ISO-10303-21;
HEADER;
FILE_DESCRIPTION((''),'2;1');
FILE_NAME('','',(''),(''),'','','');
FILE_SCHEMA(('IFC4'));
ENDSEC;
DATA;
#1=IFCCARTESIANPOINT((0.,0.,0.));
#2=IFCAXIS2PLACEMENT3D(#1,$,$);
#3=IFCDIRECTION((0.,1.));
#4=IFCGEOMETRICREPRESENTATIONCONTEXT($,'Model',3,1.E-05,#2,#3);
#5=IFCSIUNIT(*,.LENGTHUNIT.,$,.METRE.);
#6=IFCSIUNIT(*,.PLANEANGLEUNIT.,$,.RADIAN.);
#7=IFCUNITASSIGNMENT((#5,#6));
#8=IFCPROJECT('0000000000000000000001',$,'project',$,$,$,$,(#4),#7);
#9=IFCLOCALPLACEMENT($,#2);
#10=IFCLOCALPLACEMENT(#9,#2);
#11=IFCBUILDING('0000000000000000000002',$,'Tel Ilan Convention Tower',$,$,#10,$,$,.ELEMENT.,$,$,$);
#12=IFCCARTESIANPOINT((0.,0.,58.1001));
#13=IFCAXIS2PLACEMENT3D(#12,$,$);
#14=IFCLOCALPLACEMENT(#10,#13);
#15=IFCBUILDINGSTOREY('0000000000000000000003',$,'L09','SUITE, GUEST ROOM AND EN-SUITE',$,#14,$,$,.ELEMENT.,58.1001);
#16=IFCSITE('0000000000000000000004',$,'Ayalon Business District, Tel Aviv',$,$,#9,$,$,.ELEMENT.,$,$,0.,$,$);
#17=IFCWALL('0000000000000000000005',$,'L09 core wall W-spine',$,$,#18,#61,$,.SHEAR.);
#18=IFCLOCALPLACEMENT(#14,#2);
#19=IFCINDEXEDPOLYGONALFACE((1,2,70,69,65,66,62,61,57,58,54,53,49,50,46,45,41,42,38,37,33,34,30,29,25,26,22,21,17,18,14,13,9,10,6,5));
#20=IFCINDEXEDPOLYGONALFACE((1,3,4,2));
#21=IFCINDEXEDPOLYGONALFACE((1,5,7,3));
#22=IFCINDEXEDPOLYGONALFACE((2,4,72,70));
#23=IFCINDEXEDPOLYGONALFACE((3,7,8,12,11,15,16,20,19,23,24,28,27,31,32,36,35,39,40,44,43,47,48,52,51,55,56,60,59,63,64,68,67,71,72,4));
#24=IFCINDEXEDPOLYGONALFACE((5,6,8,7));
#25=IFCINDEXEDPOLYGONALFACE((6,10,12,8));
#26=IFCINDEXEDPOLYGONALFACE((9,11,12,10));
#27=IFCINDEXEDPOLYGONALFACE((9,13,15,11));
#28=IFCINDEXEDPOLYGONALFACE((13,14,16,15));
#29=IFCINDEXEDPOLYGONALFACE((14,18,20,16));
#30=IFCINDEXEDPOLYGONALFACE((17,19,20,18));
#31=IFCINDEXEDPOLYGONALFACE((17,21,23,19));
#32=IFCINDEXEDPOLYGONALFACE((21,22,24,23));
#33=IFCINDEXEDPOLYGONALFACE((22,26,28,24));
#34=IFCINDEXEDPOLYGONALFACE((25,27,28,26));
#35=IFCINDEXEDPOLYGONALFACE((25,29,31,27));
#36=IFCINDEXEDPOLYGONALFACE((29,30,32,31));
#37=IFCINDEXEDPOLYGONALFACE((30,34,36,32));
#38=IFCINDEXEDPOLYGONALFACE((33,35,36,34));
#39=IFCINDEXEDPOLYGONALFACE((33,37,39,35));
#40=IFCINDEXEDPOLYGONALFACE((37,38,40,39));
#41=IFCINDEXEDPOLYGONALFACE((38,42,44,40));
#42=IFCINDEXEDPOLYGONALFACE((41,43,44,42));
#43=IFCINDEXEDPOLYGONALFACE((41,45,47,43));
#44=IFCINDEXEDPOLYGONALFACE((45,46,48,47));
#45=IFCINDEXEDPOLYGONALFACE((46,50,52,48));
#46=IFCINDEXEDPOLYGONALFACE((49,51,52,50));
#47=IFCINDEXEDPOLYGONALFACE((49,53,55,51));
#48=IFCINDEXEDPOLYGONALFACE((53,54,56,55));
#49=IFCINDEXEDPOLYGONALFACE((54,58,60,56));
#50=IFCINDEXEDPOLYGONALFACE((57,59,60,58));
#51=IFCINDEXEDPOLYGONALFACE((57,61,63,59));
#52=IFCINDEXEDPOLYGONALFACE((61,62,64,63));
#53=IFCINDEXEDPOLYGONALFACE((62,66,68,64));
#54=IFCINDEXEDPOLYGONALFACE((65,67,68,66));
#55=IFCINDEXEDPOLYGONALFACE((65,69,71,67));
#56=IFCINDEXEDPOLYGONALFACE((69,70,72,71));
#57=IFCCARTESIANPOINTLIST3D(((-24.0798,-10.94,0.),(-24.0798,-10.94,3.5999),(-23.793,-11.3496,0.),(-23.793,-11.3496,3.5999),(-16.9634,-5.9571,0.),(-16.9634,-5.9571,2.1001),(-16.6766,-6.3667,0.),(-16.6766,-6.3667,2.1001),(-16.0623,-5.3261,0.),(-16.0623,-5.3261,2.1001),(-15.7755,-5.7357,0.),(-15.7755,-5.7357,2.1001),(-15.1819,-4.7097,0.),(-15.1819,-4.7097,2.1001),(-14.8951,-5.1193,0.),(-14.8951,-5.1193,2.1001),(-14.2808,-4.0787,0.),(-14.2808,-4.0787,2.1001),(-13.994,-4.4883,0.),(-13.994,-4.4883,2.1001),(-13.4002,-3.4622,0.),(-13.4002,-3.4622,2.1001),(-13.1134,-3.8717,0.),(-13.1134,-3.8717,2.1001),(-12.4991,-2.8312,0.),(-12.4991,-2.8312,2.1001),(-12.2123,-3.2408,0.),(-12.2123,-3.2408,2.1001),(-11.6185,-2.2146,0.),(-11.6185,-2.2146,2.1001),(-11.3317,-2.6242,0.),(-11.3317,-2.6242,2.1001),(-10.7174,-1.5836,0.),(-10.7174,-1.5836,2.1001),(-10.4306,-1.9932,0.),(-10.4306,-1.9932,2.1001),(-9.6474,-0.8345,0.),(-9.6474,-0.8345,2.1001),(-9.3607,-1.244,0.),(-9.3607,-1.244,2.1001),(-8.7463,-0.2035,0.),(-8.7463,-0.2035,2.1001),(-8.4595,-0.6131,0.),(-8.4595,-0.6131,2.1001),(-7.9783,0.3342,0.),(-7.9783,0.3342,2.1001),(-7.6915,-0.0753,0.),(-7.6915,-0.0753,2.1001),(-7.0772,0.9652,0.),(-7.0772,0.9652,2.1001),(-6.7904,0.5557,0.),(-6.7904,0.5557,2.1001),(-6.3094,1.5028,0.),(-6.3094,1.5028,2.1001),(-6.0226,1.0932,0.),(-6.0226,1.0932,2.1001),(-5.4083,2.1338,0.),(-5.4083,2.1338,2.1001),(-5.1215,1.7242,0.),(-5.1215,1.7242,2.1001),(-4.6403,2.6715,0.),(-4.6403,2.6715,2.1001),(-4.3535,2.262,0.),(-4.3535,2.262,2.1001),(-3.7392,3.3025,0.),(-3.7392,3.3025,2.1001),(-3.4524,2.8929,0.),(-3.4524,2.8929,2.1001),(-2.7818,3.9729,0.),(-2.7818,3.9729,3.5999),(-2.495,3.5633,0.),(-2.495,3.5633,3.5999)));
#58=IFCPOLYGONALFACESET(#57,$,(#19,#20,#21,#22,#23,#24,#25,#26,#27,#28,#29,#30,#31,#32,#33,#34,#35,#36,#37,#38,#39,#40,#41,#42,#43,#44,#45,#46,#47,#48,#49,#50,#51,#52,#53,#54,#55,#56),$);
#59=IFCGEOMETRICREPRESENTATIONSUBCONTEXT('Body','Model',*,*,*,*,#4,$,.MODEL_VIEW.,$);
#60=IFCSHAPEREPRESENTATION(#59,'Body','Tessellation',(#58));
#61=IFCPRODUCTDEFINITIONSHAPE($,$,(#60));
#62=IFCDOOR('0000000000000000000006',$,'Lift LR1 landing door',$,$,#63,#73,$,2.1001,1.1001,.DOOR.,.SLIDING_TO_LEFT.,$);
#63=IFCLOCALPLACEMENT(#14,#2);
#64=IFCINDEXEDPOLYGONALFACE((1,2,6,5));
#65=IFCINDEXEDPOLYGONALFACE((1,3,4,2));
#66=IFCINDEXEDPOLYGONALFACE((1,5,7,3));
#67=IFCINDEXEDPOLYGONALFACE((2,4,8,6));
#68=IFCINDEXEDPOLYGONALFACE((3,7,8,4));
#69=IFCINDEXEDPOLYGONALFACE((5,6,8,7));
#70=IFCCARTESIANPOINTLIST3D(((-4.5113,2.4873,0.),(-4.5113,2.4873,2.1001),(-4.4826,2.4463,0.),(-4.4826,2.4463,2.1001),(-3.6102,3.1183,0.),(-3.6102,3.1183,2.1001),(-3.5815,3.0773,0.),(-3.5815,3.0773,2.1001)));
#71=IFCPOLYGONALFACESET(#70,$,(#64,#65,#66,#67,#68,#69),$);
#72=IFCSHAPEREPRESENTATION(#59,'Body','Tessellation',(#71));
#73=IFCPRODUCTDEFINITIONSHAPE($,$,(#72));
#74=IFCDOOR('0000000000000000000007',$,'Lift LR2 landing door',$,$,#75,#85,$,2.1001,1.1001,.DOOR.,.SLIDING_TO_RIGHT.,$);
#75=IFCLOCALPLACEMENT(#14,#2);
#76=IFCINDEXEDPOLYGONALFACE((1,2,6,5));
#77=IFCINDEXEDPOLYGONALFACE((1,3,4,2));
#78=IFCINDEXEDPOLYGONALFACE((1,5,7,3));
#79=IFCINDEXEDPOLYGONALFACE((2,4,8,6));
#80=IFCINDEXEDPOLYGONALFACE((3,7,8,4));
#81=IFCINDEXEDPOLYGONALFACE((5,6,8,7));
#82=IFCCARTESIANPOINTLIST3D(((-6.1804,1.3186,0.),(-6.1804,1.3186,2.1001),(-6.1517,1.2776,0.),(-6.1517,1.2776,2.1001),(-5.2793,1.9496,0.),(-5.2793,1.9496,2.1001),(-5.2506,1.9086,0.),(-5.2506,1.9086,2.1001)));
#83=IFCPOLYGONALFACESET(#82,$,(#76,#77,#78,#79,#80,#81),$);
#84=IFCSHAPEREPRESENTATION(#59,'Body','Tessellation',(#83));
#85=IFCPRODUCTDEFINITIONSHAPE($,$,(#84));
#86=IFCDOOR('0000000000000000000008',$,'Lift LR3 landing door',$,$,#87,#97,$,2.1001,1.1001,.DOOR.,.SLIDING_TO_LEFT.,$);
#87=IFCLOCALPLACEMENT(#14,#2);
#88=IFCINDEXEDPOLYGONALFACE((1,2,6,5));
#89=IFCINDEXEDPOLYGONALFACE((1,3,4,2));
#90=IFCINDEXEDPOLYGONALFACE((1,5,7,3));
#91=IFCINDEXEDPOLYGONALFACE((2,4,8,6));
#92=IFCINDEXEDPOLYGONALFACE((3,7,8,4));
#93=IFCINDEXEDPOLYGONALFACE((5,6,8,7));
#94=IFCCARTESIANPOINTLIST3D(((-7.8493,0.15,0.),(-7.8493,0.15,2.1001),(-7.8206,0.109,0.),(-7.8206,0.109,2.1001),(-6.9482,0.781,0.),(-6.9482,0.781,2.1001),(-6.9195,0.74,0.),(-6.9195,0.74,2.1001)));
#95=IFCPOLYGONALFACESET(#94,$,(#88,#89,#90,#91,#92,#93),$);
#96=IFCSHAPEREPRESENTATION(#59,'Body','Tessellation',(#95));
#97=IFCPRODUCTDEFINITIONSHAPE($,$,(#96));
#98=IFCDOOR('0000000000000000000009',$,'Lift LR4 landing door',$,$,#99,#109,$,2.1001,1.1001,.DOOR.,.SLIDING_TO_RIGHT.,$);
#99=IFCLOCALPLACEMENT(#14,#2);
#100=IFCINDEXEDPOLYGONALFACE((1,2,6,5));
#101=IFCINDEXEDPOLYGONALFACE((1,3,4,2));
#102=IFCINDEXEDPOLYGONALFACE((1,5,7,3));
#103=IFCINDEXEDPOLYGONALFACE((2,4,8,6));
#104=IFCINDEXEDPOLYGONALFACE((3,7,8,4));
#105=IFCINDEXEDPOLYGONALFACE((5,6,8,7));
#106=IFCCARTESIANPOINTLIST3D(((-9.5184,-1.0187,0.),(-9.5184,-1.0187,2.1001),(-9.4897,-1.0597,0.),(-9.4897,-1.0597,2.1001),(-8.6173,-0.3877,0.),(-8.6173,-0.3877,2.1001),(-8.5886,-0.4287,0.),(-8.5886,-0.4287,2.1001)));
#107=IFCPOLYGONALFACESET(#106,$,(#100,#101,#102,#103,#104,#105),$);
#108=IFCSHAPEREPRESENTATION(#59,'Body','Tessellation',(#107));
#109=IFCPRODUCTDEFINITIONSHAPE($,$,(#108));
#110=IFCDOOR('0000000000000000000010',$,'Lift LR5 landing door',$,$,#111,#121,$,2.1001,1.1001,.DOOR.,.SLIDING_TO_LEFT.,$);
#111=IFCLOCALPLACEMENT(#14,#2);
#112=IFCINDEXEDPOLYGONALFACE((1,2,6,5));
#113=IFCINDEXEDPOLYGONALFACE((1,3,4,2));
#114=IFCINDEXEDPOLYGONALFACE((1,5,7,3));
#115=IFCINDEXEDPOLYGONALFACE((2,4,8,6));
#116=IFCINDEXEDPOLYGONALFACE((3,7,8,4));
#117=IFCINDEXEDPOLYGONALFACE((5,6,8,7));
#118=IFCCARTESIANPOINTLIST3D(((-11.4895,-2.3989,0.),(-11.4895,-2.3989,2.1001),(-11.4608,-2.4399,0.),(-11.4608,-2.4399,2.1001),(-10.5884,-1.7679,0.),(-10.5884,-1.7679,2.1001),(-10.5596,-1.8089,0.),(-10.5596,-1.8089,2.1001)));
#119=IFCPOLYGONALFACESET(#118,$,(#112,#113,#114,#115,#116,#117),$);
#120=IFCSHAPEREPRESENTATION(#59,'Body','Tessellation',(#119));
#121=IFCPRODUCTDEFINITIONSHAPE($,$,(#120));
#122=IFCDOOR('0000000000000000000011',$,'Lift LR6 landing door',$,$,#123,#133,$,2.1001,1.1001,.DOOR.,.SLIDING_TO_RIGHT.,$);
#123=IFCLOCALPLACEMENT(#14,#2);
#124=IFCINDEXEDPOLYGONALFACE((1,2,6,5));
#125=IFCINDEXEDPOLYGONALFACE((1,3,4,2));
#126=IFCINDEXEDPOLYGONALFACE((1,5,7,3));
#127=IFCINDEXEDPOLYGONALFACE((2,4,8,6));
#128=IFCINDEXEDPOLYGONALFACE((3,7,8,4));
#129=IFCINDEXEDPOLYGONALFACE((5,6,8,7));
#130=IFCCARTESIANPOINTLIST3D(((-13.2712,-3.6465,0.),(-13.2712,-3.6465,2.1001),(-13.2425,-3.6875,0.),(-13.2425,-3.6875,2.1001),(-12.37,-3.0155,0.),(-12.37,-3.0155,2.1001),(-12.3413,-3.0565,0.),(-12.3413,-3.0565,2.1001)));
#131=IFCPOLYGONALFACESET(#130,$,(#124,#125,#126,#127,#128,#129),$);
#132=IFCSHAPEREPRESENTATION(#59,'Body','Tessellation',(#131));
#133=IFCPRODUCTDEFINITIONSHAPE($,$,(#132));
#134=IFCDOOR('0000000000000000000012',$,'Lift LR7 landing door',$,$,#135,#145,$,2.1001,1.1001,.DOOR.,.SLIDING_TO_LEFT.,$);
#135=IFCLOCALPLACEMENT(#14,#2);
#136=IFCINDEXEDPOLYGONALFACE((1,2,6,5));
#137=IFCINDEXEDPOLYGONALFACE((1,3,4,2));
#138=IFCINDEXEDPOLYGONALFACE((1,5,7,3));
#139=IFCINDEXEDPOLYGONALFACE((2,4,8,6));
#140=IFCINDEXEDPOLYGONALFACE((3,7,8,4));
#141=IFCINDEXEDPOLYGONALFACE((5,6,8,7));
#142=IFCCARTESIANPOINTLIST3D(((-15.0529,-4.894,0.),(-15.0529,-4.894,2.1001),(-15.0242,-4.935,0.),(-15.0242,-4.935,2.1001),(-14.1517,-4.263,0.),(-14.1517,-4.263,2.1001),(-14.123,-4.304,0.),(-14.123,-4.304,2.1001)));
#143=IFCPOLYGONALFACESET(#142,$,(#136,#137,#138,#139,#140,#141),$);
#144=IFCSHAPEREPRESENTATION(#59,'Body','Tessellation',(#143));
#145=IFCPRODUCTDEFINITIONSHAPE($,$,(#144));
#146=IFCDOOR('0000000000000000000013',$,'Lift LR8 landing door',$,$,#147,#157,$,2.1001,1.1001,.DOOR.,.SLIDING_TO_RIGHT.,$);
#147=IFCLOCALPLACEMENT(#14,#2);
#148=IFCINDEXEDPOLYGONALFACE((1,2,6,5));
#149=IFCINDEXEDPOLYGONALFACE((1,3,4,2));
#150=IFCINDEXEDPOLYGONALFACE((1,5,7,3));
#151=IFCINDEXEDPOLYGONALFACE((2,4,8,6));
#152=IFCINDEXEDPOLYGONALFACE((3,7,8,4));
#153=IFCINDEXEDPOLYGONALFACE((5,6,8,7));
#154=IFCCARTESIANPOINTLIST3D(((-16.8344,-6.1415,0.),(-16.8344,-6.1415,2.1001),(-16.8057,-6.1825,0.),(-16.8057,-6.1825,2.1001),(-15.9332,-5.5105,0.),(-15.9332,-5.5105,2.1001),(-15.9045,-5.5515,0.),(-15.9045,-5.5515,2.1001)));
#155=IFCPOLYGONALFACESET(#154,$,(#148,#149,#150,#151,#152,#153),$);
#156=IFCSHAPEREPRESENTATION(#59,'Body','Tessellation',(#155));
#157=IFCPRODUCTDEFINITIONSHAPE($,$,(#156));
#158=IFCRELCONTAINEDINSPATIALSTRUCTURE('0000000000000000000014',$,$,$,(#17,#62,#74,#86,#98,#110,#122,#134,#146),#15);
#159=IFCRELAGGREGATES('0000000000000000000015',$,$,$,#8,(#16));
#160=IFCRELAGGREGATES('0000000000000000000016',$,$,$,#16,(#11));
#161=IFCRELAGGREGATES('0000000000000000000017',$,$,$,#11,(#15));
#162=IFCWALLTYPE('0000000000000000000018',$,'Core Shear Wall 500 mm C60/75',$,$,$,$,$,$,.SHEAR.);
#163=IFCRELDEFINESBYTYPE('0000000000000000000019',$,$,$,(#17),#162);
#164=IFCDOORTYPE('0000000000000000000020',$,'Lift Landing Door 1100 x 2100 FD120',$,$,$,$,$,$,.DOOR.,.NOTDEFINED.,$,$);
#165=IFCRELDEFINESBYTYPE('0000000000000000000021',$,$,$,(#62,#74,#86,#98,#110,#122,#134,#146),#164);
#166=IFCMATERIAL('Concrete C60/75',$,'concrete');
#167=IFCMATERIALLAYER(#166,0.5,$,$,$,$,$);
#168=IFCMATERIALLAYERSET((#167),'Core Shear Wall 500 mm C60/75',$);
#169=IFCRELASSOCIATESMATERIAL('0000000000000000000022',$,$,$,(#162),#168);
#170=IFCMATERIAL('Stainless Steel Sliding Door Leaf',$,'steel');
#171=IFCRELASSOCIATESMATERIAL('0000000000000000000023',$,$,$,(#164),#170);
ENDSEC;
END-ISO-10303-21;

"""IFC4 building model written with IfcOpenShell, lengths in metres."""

from ifc_helpers import new_model, si_unit, direction, frame, frame_2d, origin, place, context, subcontext, project, spatial, polyline, rectangle, outline, extrude, material, layer, layer_set, type_object, element, fill, save


model = new_model("IFC4")

# Units and contexts
model_context = context("Model", 3, precision=1e-05, world=origin(), true_north=direction((0.0, 1.0)))
body_context = subcontext(model_context, "Body", "Model", "MODEL_VIEW")
ifc_project = project(units=[si_unit("LENGTHUNIT", "METRE"), si_unit("PLANEANGLEUNIT", "RADIAN")], contexts=[model_context])

# Site, building, storey
site_placement = place(None, origin())
site = spatial("IfcSite", under=ifc_project, at=site_placement, Name="Ayalon Business District, Tel Aviv", CompositionType="ELEMENT", RefElevation=0.0)
building_placement = place(site_placement, origin())
building = spatial("IfcBuilding", under=site, at=building_placement, Name="Tel Ilan Convention Tower", CompositionType="ELEMENT")
storey_placement = place(building_placement, frame((0.0, 0.0, 58.1001)))
storey = spatial("IfcBuildingStorey", under=building, at=storey_placement, Name="L09", Description="SUITE, GUEST ROOM AND EN-SUITE", CompositionType="ELEMENT", Elevation=58.1001)

# Wall, openings, doors
ifc_material_1 = material(Name="Concrete C60/75", Category="concrete")
ifc_layer_1 = layer(ifc_material_1, 0.5)
ifc_layer_set_1 = layer_set([ifc_layer_1], Name="Core Shear Wall 500 mm C60/75")
wall_type_1 = type_object("IfcWallType", Name="Core Shear Wall 500 mm C60/75", PredefinedType="SHEAR", material=ifc_layer_set_1)
wall_1_placement = place(storey_placement, frame((-2.6384, 3.7681, 0.0), z_axis=(0.0, 0.0, 1.0), x_axis=(-0.819149, -0.573581, 0.0)))
wall_1 = element("IfcWall", 1, at=wall_1_placement, inside=storey, type_object=wall_type_1, Name="L09 core wall W-spine", PredefinedType="SHEAR", context=body_context, shape_type="SweptSolid", body=[
    extrude(outline(polyline([(26.0, 0.2498), (0.0, 0.25), (0.0, -0.25), (26.0, -0.2502), (26.0, 0.2498)])), origin(), (0.0, 0.0, 1.0), 3.5999),
])
opening_1_placement = place(wall_1_placement, frame((1.1687, 0.0, 0.0)))
opening_1 = element("IfcOpeningElement", 2, at=opening_1_placement, cuts=wall_1, PredefinedType="OPENING", context=body_context, shape_type="SweptSolid", body=[
    extrude(rectangle(XDim=1.1001, YDim=2.1001, at=frame_2d((0.55, 1.05))), frame((0.0, 0.26, 0.0), z_axis=(0.0, -1.0, 0.0), x_axis=(1.0, 0.0, 0.0)), (0.0, 0.0, 1.0), 0.52),
])
opening_2_placement = place(wall_1_placement, frame((3.2063, 0.0, 0.0)))
opening_2 = element("IfcOpeningElement", 3, at=opening_2_placement, cuts=wall_1, PredefinedType="OPENING", context=body_context, shape_type="SweptSolid", body=[
    extrude(rectangle(XDim=1.1001, YDim=2.1001, at=frame_2d((0.55, 1.05))), frame((0.0, 0.26, 0.0), z_axis=(0.0, -1.0, 0.0), x_axis=(1.0, 0.0, 0.0)), (0.0, 0.0, 1.0), 0.52),
])
opening_3_placement = place(wall_1_placement, frame((5.2437, 0.0, 0.0)))
opening_3 = element("IfcOpeningElement", 4, at=opening_3_placement, cuts=wall_1, PredefinedType="OPENING", context=body_context, shape_type="SweptSolid", body=[
    extrude(rectangle(XDim=1.1001, YDim=2.1001, at=frame_2d((0.55, 1.05))), frame((0.0, 0.26, 0.0), z_axis=(0.0, -1.0, 0.0), x_axis=(1.0, 0.0, 0.0)), (0.0, 0.0, 1.0), 0.52),
])
opening_4_placement = place(wall_1_placement, frame((7.2812, 0.0, 0.0)))
opening_4 = element("IfcOpeningElement", 5, at=opening_4_placement, cuts=wall_1, PredefinedType="OPENING", context=body_context, shape_type="SweptSolid", body=[
    extrude(rectangle(XDim=1.1001, YDim=2.1001, at=frame_2d((0.55, 1.05))), frame((0.0, 0.26, 0.0), z_axis=(0.0, -1.0, 0.0), x_axis=(1.0, 0.0, 0.0)), (0.0, 0.0, 1.0), 0.52),
])
opening_5_placement = place(wall_1_placement, frame((9.6875, 0.0, 0.0)))
opening_5 = element("IfcOpeningElement", 6, at=opening_5_placement, cuts=wall_1, PredefinedType="OPENING", context=body_context, shape_type="SweptSolid", body=[
    extrude(rectangle(XDim=1.1001, YDim=2.1001, at=frame_2d((0.55, 1.05))), frame((0.0, 0.26, 0.0), z_axis=(0.0, -1.0, 0.0), x_axis=(1.0, 0.0, 0.0)), (0.0, 0.0, 1.0), 0.52),
])
opening_6_placement = place(wall_1_placement, frame((11.8625, 0.0, 0.0)))
opening_6 = element("IfcOpeningElement", 7, at=opening_6_placement, cuts=wall_1, PredefinedType="OPENING", context=body_context, shape_type="SweptSolid", body=[
    extrude(rectangle(XDim=1.1001, YDim=2.1001, at=frame_2d((0.55, 1.05))), frame((0.0, 0.26, 0.0), z_axis=(0.0, -1.0, 0.0), x_axis=(1.0, 0.0, 0.0)), (0.0, 0.0, 1.0), 0.52),
])
opening_7_placement = place(wall_1_placement, frame((14.0376, 0.0, 0.0)))
opening_7 = element("IfcOpeningElement", 8, at=opening_7_placement, cuts=wall_1, PredefinedType="OPENING", context=body_context, shape_type="SweptSolid", body=[
    extrude(rectangle(XDim=1.1001, YDim=2.1001, at=frame_2d((0.55, 1.05))), frame((0.0, 0.26, 0.0), z_axis=(0.0, -1.0, 0.0), x_axis=(1.0, 0.0, 0.0)), (0.0, 0.0, 1.0), 0.52),
])
opening_8_placement = place(wall_1_placement, frame((16.2124, 0.0, 0.0)))
opening_8 = element("IfcOpeningElement", 9, at=opening_8_placement, cuts=wall_1, PredefinedType="OPENING", context=body_context, shape_type="SweptSolid", body=[
    extrude(rectangle(XDim=1.1001, YDim=2.1001, at=frame_2d((0.55, 1.05))), frame((0.0, 0.26, 0.0), z_axis=(0.0, -1.0, 0.0), x_axis=(1.0, 0.0, 0.0)), (0.0, 0.0, 1.0), 0.52),
])
ifc_material_2 = material(Name="Stainless Steel Sliding Door Leaf", Category="steel")
door_type = type_object("IfcDoorType", Name="Lift Landing Door 1100 x 2100 FD120", OperationType="NOTDEFINED", PredefinedType="DOOR", material=ifc_material_2)
door_1_placement = place(opening_1_placement, origin())
door_1 = element("IfcDoor", 10, at=door_1_placement, inside=storey, type_object=door_type, Name="Lift LR1 landing door", OperationType="SLIDING_TO_LEFT", OverallHeight=2.1001, OverallWidth=1.1001, PredefinedType="DOOR", context=body_context, shape_type="SweptSolid", body=[
    extrude(rectangle(XDim=1.1001, YDim=2.1001, at=frame_2d((0.55, 1.05))), frame((0.0, 0.0249, 0.0), z_axis=(0.0, -1.0, 0.0), x_axis=(1.0, 0.0, 0.0)), (0.0, 0.0, 1.0), 0.05),
])
fill(opening_1, door_1)
door_2_placement = place(opening_2_placement, origin())
door_2 = element("IfcDoor", 11, at=door_2_placement, inside=storey, type_object=door_type, Name="Lift LR2 landing door", OperationType="SLIDING_TO_RIGHT", OverallHeight=2.1001, OverallWidth=1.1001, PredefinedType="DOOR", context=body_context, shape_type="SweptSolid", body=[
    extrude(rectangle(XDim=1.1001, YDim=2.1001, at=frame_2d((0.55, 1.05))), frame((0.0, 0.0249, 0.0), z_axis=(0.0, -1.0, 0.0), x_axis=(1.0, 0.0, 0.0)), (0.0, 0.0, 1.0), 0.05),
])
fill(opening_2, door_2)
door_3_placement = place(opening_3_placement, origin())
door_3 = element("IfcDoor", 12, at=door_3_placement, inside=storey, type_object=door_type, Name="Lift LR3 landing door", OperationType="SLIDING_TO_LEFT", OverallHeight=2.1001, OverallWidth=1.1001, PredefinedType="DOOR", context=body_context, shape_type="SweptSolid", body=[
    extrude(rectangle(XDim=1.1001, YDim=2.1001, at=frame_2d((0.55, 1.05))), frame((0.0, 0.0249, 0.0), z_axis=(0.0, -1.0, 0.0), x_axis=(1.0, 0.0, 0.0)), (0.0, 0.0, 1.0), 0.05),
])
fill(opening_3, door_3)
door_4_placement = place(opening_4_placement, origin())
door_4 = element("IfcDoor", 13, at=door_4_placement, inside=storey, type_object=door_type, Name="Lift LR4 landing door", OperationType="SLIDING_TO_RIGHT", OverallHeight=2.1001, OverallWidth=1.1001, PredefinedType="DOOR", context=body_context, shape_type="SweptSolid", body=[
    extrude(rectangle(XDim=1.1001, YDim=2.1001, at=frame_2d((0.55, 1.05))), frame((0.0, 0.0249, 0.0), z_axis=(0.0, -1.0, 0.0), x_axis=(1.0, 0.0, 0.0)), (0.0, 0.0, 1.0), 0.05),
])
fill(opening_4, door_4)
door_5_placement = place(opening_5_placement, origin())
door_5 = element("IfcDoor", 14, at=door_5_placement, inside=storey, type_object=door_type, Name="Lift LR5 landing door", OperationType="SLIDING_TO_LEFT", OverallHeight=2.1001, OverallWidth=1.1001, PredefinedType="DOOR", context=body_context, shape_type="SweptSolid", body=[
    extrude(rectangle(XDim=1.1001, YDim=2.1001, at=frame_2d((0.55, 1.05))), frame((0.0, 0.0249, 0.0), z_axis=(0.0, -1.0, 0.0), x_axis=(1.0, 0.0, 0.0)), (0.0, 0.0, 1.0), 0.05),
])
fill(opening_5, door_5)
door_6_placement = place(opening_6_placement, origin())
door_6 = element("IfcDoor", 15, at=door_6_placement, inside=storey, type_object=door_type, Name="Lift LR6 landing door", OperationType="SLIDING_TO_RIGHT", OverallHeight=2.1001, OverallWidth=1.1001, PredefinedType="DOOR", context=body_context, shape_type="SweptSolid", body=[
    extrude(rectangle(XDim=1.1001, YDim=2.1001, at=frame_2d((0.55, 1.05))), frame((0.0, 0.0249, 0.0), z_axis=(0.0, -1.0, 0.0), x_axis=(1.0, 0.0, 0.0)), (0.0, 0.0, 1.0), 0.05),
])
fill(opening_6, door_6)
door_7_placement = place(opening_7_placement, origin())
door_7 = element("IfcDoor", 16, at=door_7_placement, inside=storey, type_object=door_type, Name="Lift LR7 landing door", OperationType="SLIDING_TO_LEFT", OverallHeight=2.1001, OverallWidth=1.1001, PredefinedType="DOOR", context=body_context, shape_type="SweptSolid", body=[
    extrude(rectangle(XDim=1.1001, YDim=2.1001, at=frame_2d((0.55, 1.05))), frame((0.0, 0.0249, 0.0), z_axis=(0.0, -1.0, 0.0), x_axis=(1.0, 0.0, 0.0)), (0.0, 0.0, 1.0), 0.05),
])
fill(opening_7, door_7)
door_8_placement = place(opening_8_placement, origin())
door_8 = element("IfcDoor", 17, at=door_8_placement, inside=storey, type_object=door_type, Name="Lift LR8 landing door", OperationType="SLIDING_TO_RIGHT", OverallHeight=2.1001, OverallWidth=1.1001, PredefinedType="DOOR", context=body_context, shape_type="SweptSolid", body=[
    extrude(rectangle(XDim=1.1001, YDim=2.1001, at=frame_2d((0.55, 1.05))), frame((0.0, 0.0249, 0.0), z_axis=(0.0, -1.0, 0.0), x_axis=(1.0, 0.0, 0.0)), (0.0, 0.0, 1.0), 0.05),
])
fill(opening_8, door_8)

save(model, "model.ifc")
